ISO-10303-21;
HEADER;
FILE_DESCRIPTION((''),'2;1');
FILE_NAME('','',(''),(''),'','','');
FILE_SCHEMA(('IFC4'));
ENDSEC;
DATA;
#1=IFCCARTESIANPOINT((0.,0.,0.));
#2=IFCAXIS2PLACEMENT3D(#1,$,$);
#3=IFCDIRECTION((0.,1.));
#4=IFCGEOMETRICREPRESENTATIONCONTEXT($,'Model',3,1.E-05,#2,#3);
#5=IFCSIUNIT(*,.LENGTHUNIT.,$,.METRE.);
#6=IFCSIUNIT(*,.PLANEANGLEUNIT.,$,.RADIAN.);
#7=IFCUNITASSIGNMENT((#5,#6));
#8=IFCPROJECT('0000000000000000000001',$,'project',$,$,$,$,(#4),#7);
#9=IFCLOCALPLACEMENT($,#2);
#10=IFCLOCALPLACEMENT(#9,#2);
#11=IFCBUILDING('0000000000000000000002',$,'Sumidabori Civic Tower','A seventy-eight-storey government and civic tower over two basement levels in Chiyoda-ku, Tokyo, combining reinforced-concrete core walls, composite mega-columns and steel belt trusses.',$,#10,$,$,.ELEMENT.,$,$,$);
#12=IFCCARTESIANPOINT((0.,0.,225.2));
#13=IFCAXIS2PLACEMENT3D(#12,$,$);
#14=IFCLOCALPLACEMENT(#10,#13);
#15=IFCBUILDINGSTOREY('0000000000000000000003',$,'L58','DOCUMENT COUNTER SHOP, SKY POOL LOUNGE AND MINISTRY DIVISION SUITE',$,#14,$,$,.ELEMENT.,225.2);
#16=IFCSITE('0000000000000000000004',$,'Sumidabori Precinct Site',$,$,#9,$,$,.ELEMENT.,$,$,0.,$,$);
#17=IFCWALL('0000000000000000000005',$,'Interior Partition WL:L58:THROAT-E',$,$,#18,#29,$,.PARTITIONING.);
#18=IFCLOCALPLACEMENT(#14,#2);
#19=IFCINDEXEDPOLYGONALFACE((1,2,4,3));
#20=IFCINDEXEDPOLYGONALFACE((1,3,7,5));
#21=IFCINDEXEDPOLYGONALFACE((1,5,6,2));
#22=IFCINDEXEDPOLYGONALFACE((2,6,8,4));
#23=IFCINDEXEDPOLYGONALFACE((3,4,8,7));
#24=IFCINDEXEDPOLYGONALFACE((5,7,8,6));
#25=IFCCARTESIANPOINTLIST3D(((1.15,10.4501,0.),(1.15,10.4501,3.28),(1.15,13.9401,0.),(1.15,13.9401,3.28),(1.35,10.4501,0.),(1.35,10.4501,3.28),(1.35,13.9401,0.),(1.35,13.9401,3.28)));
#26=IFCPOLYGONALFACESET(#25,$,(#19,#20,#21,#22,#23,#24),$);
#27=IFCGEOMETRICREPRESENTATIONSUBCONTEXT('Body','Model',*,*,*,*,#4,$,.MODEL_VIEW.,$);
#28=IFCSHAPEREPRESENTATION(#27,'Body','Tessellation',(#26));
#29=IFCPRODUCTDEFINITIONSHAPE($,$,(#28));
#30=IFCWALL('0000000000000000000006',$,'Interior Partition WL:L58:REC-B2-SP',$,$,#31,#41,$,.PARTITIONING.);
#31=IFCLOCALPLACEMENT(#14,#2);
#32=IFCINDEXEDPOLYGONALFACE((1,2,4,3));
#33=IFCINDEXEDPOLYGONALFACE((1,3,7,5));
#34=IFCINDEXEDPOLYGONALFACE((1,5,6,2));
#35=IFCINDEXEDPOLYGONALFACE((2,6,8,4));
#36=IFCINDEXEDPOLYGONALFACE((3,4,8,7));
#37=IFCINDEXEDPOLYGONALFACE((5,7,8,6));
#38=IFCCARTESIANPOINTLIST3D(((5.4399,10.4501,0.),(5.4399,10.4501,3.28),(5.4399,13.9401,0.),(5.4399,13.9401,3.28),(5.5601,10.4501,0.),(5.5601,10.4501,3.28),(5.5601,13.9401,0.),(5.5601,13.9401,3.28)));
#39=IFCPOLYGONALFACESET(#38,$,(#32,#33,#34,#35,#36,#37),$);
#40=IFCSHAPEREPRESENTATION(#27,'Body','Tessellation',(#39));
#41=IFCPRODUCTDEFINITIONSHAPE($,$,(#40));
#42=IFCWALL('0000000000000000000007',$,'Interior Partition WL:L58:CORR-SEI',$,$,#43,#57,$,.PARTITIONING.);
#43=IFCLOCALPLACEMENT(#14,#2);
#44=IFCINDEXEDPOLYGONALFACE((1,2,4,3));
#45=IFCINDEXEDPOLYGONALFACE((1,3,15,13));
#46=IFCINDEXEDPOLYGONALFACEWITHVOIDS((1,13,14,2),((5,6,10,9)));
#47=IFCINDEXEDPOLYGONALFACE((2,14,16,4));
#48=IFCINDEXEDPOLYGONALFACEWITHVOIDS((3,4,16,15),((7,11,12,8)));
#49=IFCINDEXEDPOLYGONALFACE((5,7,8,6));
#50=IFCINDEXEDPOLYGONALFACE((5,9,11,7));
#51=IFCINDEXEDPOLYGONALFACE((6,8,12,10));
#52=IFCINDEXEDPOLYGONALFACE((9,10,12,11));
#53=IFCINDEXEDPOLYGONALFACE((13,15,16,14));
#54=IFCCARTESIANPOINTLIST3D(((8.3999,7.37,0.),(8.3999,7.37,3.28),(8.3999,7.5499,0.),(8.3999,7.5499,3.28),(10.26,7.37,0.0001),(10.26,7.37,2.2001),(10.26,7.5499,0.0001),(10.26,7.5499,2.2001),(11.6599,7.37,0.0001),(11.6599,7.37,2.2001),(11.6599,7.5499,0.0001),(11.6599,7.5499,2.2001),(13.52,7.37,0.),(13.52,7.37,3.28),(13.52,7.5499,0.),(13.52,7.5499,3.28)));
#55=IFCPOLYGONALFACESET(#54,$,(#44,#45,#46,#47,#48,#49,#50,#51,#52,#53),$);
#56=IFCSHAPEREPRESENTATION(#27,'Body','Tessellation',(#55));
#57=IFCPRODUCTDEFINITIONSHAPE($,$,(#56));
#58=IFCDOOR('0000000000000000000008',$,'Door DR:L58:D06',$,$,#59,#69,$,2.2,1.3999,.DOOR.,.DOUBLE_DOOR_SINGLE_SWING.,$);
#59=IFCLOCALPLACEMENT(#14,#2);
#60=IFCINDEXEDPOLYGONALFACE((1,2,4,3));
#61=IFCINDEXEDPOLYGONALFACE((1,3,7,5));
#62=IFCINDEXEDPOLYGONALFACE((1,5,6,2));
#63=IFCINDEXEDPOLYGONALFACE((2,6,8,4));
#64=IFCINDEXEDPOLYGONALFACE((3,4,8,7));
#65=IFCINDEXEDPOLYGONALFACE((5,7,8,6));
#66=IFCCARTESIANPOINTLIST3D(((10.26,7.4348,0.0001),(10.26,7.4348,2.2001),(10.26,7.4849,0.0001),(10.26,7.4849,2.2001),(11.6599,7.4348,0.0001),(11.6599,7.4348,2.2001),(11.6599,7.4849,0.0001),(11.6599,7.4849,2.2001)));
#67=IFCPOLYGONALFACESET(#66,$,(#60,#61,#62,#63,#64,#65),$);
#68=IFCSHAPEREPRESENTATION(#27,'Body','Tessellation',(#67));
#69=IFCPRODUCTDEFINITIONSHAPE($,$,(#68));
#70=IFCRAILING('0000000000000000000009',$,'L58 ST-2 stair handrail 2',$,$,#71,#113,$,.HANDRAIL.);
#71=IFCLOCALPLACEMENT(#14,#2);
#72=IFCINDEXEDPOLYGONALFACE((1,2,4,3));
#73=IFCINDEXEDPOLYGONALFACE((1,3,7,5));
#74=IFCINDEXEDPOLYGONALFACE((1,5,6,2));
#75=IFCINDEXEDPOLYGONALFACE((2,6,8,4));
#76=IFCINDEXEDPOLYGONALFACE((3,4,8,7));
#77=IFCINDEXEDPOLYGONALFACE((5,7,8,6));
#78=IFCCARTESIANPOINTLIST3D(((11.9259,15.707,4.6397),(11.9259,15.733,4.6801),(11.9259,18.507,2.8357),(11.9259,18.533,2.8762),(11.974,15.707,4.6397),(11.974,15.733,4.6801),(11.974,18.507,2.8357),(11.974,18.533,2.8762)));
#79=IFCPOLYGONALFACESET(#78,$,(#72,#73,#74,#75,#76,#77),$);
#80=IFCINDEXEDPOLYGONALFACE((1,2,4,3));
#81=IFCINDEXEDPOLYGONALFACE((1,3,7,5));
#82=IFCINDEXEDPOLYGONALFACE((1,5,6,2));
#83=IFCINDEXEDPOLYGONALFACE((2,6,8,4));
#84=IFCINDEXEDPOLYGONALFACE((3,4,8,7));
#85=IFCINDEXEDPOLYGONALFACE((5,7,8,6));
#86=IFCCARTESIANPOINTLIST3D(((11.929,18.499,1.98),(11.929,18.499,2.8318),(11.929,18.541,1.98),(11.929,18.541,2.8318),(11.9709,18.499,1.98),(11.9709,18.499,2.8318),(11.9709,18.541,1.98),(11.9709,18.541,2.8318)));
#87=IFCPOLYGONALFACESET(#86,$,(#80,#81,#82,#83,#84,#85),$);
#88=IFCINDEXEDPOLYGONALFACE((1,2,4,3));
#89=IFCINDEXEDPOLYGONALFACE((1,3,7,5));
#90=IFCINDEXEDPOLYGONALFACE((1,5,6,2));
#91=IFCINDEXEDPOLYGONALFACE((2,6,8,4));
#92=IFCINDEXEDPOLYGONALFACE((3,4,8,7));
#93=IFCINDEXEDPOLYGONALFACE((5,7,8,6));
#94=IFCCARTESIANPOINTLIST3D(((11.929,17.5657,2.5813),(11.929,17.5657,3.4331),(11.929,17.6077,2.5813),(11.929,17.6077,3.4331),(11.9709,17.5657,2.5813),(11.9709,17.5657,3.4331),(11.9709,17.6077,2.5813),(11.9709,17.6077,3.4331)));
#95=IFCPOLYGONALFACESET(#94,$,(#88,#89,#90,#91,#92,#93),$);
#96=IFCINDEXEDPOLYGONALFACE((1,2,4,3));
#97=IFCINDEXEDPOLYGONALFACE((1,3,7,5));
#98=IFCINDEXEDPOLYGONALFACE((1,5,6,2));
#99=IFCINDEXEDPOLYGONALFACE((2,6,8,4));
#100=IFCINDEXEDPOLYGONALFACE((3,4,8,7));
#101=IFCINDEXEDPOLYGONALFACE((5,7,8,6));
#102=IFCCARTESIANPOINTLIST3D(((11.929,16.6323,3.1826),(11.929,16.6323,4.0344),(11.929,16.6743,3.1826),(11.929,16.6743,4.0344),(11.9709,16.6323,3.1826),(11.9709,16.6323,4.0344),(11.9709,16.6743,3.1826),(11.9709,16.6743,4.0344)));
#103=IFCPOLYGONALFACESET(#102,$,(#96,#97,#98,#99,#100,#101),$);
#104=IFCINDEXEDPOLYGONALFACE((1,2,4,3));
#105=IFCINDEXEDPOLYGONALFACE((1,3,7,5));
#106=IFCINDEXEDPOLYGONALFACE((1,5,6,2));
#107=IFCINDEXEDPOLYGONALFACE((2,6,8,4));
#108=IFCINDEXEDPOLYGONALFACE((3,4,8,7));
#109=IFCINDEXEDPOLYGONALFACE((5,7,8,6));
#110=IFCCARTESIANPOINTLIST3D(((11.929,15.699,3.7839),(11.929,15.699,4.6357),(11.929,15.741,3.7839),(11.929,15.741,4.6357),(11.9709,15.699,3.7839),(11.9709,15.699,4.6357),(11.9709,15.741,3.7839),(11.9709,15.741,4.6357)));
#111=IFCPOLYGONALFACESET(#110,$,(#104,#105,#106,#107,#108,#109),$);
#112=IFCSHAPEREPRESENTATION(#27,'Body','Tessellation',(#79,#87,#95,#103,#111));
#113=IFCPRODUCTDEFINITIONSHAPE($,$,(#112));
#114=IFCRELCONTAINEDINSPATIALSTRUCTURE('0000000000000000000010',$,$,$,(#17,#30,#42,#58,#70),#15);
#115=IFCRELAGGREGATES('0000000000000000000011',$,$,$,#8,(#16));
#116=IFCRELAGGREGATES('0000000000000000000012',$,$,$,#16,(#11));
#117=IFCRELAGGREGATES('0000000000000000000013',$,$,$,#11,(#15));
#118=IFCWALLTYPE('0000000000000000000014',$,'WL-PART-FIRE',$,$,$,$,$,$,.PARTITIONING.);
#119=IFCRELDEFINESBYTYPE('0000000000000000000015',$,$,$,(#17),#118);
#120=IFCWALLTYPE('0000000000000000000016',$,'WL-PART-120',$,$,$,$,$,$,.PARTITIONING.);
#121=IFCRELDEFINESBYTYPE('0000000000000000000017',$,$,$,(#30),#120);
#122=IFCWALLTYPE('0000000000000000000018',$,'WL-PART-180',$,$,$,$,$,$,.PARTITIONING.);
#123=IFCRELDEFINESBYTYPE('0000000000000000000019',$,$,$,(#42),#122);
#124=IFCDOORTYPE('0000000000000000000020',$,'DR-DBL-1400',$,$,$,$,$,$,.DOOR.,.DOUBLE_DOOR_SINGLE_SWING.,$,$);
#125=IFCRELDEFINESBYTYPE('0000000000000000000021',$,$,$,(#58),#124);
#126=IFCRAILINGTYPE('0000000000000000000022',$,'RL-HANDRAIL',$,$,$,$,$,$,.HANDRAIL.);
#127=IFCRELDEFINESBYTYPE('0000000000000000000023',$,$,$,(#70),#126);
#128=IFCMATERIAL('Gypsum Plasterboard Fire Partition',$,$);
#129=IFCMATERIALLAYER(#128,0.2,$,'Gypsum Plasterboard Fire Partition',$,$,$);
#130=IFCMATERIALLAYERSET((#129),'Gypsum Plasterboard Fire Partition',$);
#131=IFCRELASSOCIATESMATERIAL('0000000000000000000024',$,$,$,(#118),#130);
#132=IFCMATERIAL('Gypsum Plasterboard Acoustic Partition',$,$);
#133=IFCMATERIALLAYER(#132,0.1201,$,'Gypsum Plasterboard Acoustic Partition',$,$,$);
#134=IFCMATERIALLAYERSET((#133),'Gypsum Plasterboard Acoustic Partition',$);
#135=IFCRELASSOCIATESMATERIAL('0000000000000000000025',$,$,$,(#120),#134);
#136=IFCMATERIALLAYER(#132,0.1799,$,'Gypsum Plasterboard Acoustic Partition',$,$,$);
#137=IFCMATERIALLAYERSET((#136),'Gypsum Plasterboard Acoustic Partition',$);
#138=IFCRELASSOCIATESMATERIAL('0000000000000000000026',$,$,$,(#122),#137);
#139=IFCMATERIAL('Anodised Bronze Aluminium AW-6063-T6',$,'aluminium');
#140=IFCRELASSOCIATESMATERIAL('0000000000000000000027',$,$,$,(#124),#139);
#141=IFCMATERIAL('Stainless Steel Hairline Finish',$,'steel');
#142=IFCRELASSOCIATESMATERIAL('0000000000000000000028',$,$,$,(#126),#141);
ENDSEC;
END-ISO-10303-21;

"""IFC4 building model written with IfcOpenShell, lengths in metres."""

from ifc_helpers import new_model, si_unit, direction, frame, frame_2d, origin, origin_2d, place, context, subcontext, project, spatial, rectangle, extrude, source, transform, mapped, material, layer, layer_set, type_object, element, fill, save


model = new_model("IFC4")

# Units and contexts
model_context = context("Model", 3, precision=1e-05, world=origin(), true_north=direction((0.0, 1.0)))
body_context = subcontext(model_context, "Body", "Model", "MODEL_VIEW")
ifc_project = project(units=[si_unit("LENGTHUNIT", "METRE"), si_unit("PLANEANGLEUNIT", "RADIAN")], contexts=[model_context])

# Site, building, storey
site_placement = place(None, origin())
site = spatial("IfcSite", under=ifc_project, at=site_placement, Name="Sumidabori Precinct Site", CompositionType="ELEMENT", RefElevation=0.0)
building_placement = place(site_placement, origin())
building = spatial("IfcBuilding", under=site, at=building_placement, Name="Sumidabori Civic Tower", Description="A seventy-eight-storey government and civic tower over two basement levels in Chiyoda-ku, Tokyo, combining reinforced-concrete core walls, composite mega-columns and steel belt trusses.", CompositionType="ELEMENT")
storey_placement = place(building_placement, frame((0.0, 0.0, 225.2)))
storey = spatial("IfcBuildingStorey", under=building, at=storey_placement, Name="L58", Description="DOCUMENT COUNTER SHOP, SKY POOL LOUNGE AND MINISTRY DIVISION SUITE", CompositionType="ELEMENT", Elevation=225.2)

# Shared definitions
ifc_material_1 = material(Name="Anodised Bronze Aluminium AW-6063-T6", Category="aluminium")

# Shared definitions
ifc_material_2 = material(Name="Stainless Steel Hairline Finish", Category="steel")

# Shared definitions
ifc_material_3 = material(Name="Gypsum Plasterboard Acoustic Partition")

# Shared definitions
ifc_material_4 = material(Name="Gypsum Plasterboard Fire Partition")
ifc_layer_1 = layer(ifc_material_4, 0.2, Name="Gypsum Plasterboard Fire Partition")
ifc_layer_set_1 = layer_set([ifc_layer_1], Name="Gypsum Plasterboard Fire Partition")
wall_type_1 = type_object("IfcWallType", Name="WL-PART-FIRE", PredefinedType="PARTITIONING", material=ifc_layer_set_1)

# Walls
shared_shape_1 = source(origin(), body_context, "Body", "SweptSolid", [
    extrude(rectangle(XDim=3.49, YDim=0.2, at=frame_2d((1.7451, 0.0))), origin(), (0.0, 0.0, 1.0), 3.28),
])
wall_1_placement = place(storey_placement, frame((1.25, 10.45, 0.0), z_axis=(0.0, 0.0, 1.0), x_axis=(0.0, 1.0, 0.0)))
element("IfcWall", 1, at=wall_1_placement, inside=storey, type_object=wall_type_1, Name="Interior Partition WL:L58:THROAT-E", PredefinedType="PARTITIONING", context=body_context, shape_type="MappedRepresentation", body=[
    mapped(shared_shape_1, transform((0.0, 0.0, 0.0), x_axis=(1.0, 0.0, 0.0), y_axis=(0.0, 1.0, 0.0), z_axis=(0.0, 0.0, 1.0), scale=1.0)),
])
ifc_layer_2 = layer(ifc_material_3, 0.1201, Name="Gypsum Plasterboard Acoustic Partition")
ifc_layer_set_2 = layer_set([ifc_layer_2], Name="Gypsum Plasterboard Acoustic Partition")
wall_type_2 = type_object("IfcWallType", Name="WL-PART-120", PredefinedType="PARTITIONING", material=ifc_layer_set_2)
shared_shape_2 = source(origin(), body_context, "Body", "SweptSolid", [
    extrude(rectangle(XDim=3.49, YDim=0.1201, at=frame_2d((1.7451, 0.0))), origin(), (0.0, 0.0, 1.0), 3.28),
])
wall_2_placement = place(storey_placement, frame((5.5, 10.45, 0.0), z_axis=(0.0, 0.0, 1.0), x_axis=(0.0, 1.0, 0.0)))
element("IfcWall", 2, at=wall_2_placement, inside=storey, type_object=wall_type_2, Name="Interior Partition WL:L58:REC-B2-SP", PredefinedType="PARTITIONING", context=body_context, shape_type="MappedRepresentation", body=[
    mapped(shared_shape_2, transform((0.0, 0.0, 0.0), x_axis=(1.0, 0.0, 0.0), y_axis=(0.0, 1.0, 0.0), z_axis=(0.0, 0.0, 1.0), scale=1.0)),
])

# Wall, opening, door
ifc_layer_3 = layer(ifc_material_3, 0.1799, Name="Gypsum Plasterboard Acoustic Partition")
ifc_layer_set_3 = layer_set([ifc_layer_3], Name="Gypsum Plasterboard Acoustic Partition")
wall_type_3 = type_object("IfcWallType", Name="WL-PART-180", PredefinedType="PARTITIONING", material=ifc_layer_set_3)
shared_shape_3 = source(origin(), body_context, "Body", "SweptSolid", [
    extrude(rectangle(XDim=5.1201, YDim=0.1799, at=frame_2d((2.5601, 0.0))), origin(), (0.0, 0.0, 1.0), 3.28),
])
wall_3_placement = place(storey_placement, frame((8.3999, 7.46, 0.0), z_axis=(0.0, 0.0, 1.0), x_axis=(1.0, 0.0, 0.0)))
wall_3 = element("IfcWall", 3, at=wall_3_placement, inside=storey, type_object=wall_type_3, Name="Interior Partition WL:L58:CORR-SEI", PredefinedType="PARTITIONING", context=body_context, shape_type="MappedRepresentation", body=[
    mapped(shared_shape_3, transform((0.0, 0.0, 0.0), x_axis=(1.0, 0.0, 0.0), y_axis=(0.0, 1.0, 0.0), z_axis=(0.0, 0.0, 1.0), scale=1.0)),
])
opening_1_placement = place(wall_3_placement, frame((1.8601, 0.0, 0.0)))
opening_1 = element("IfcOpeningElement", 4, at=opening_1_placement, cuts=wall_3, PredefinedType="OPENING", context=body_context, shape_type="SweptSolid", body=[
    extrude(rectangle(XDim=1.3999, YDim=2.2, at=frame_2d((0.7, 1.1001))), frame((0.0, 0.1021, 0.0), z_axis=(0.0, -1.0, 0.0), x_axis=(1.0, 0.0, 0.0)), (0.0, 0.0, 1.0), 0.2039),
])
door_type_1 = type_object("IfcDoorType", Name="DR-DBL-1400", OperationType="DOUBLE_DOOR_SINGLE_SWING", PredefinedType="DOOR", material=ifc_material_1)
shared_shape_4 = source(origin(), body_context, "Body", "SweptSolid", [
    extrude(rectangle(XDim=1.3999, YDim=2.2, at=frame_2d((0.7, 1.1001))), frame((0.0, 0.0249, 0.0), z_axis=(0.0, -1.0, 0.0), x_axis=(1.0, 0.0, 0.0)), (0.0, 0.0, 1.0), 0.05),
])
door_1_placement = place(opening_1_placement, origin())
door_1 = element("IfcDoor", 5, at=door_1_placement, inside=storey, type_object=door_type_1, Name="Door DR:L58:D06", OperationType="DOUBLE_DOOR_SINGLE_SWING", OverallHeight=2.2, OverallWidth=1.3999, PredefinedType="DOOR", context=body_context, shape_type="MappedRepresentation", body=[
    mapped(shared_shape_4, transform((0.0, 0.0, 0.0), x_axis=(1.0, 0.0, 0.0), y_axis=(0.0, 1.0, 0.0), z_axis=(0.0, 0.0, 1.0), scale=1.0)),
])
fill(opening_1, door_1)

# Railing
railing_type = type_object("IfcRailingType", Name="RL-HANDRAIL", PredefinedType="HANDRAIL", material=ifc_material_2)
railing_placement = place(storey_placement, frame((11.95, 18.52, 1.98)))
element("IfcRailing", 6, at=railing_placement, inside=storey, type_object=railing_type, Name="L58 ST-2 stair handrail 2", PredefinedType="HANDRAIL", context=body_context, shape_type="SweptSolid", body=[
    extrude(rectangle(XDim=0.0481, YDim=0.0481, at=origin_2d()), frame((0.0, 0.0, 0.876), z_axis=(0.0, -0.840642, 0.541591), x_axis=(1.0, 0.0, 0.0)), (0.0, 0.0, 1.0), 3.3308),
    extrude(rectangle(XDim=0.042, YDim=0.042, at=origin_2d()), origin(), (0.0, 0.0, 1.0), 0.8518),
    extrude(rectangle(XDim=0.042, YDim=0.042, at=origin_2d()), frame((0.0, -0.9333, 0.6013)), (0.0, 0.0, 1.0), 0.8518),
    extrude(rectangle(XDim=0.042, YDim=0.042, at=origin_2d()), frame((0.0, -1.8667, 1.2026)), (0.0, 0.0, 1.0), 0.8518),
    extrude(rectangle(XDim=0.042, YDim=0.042, at=origin_2d()), frame((0.0, -2.8, 1.804)), (0.0, 0.0, 1.0), 0.8518),
])

save(model, "model.ifc")
